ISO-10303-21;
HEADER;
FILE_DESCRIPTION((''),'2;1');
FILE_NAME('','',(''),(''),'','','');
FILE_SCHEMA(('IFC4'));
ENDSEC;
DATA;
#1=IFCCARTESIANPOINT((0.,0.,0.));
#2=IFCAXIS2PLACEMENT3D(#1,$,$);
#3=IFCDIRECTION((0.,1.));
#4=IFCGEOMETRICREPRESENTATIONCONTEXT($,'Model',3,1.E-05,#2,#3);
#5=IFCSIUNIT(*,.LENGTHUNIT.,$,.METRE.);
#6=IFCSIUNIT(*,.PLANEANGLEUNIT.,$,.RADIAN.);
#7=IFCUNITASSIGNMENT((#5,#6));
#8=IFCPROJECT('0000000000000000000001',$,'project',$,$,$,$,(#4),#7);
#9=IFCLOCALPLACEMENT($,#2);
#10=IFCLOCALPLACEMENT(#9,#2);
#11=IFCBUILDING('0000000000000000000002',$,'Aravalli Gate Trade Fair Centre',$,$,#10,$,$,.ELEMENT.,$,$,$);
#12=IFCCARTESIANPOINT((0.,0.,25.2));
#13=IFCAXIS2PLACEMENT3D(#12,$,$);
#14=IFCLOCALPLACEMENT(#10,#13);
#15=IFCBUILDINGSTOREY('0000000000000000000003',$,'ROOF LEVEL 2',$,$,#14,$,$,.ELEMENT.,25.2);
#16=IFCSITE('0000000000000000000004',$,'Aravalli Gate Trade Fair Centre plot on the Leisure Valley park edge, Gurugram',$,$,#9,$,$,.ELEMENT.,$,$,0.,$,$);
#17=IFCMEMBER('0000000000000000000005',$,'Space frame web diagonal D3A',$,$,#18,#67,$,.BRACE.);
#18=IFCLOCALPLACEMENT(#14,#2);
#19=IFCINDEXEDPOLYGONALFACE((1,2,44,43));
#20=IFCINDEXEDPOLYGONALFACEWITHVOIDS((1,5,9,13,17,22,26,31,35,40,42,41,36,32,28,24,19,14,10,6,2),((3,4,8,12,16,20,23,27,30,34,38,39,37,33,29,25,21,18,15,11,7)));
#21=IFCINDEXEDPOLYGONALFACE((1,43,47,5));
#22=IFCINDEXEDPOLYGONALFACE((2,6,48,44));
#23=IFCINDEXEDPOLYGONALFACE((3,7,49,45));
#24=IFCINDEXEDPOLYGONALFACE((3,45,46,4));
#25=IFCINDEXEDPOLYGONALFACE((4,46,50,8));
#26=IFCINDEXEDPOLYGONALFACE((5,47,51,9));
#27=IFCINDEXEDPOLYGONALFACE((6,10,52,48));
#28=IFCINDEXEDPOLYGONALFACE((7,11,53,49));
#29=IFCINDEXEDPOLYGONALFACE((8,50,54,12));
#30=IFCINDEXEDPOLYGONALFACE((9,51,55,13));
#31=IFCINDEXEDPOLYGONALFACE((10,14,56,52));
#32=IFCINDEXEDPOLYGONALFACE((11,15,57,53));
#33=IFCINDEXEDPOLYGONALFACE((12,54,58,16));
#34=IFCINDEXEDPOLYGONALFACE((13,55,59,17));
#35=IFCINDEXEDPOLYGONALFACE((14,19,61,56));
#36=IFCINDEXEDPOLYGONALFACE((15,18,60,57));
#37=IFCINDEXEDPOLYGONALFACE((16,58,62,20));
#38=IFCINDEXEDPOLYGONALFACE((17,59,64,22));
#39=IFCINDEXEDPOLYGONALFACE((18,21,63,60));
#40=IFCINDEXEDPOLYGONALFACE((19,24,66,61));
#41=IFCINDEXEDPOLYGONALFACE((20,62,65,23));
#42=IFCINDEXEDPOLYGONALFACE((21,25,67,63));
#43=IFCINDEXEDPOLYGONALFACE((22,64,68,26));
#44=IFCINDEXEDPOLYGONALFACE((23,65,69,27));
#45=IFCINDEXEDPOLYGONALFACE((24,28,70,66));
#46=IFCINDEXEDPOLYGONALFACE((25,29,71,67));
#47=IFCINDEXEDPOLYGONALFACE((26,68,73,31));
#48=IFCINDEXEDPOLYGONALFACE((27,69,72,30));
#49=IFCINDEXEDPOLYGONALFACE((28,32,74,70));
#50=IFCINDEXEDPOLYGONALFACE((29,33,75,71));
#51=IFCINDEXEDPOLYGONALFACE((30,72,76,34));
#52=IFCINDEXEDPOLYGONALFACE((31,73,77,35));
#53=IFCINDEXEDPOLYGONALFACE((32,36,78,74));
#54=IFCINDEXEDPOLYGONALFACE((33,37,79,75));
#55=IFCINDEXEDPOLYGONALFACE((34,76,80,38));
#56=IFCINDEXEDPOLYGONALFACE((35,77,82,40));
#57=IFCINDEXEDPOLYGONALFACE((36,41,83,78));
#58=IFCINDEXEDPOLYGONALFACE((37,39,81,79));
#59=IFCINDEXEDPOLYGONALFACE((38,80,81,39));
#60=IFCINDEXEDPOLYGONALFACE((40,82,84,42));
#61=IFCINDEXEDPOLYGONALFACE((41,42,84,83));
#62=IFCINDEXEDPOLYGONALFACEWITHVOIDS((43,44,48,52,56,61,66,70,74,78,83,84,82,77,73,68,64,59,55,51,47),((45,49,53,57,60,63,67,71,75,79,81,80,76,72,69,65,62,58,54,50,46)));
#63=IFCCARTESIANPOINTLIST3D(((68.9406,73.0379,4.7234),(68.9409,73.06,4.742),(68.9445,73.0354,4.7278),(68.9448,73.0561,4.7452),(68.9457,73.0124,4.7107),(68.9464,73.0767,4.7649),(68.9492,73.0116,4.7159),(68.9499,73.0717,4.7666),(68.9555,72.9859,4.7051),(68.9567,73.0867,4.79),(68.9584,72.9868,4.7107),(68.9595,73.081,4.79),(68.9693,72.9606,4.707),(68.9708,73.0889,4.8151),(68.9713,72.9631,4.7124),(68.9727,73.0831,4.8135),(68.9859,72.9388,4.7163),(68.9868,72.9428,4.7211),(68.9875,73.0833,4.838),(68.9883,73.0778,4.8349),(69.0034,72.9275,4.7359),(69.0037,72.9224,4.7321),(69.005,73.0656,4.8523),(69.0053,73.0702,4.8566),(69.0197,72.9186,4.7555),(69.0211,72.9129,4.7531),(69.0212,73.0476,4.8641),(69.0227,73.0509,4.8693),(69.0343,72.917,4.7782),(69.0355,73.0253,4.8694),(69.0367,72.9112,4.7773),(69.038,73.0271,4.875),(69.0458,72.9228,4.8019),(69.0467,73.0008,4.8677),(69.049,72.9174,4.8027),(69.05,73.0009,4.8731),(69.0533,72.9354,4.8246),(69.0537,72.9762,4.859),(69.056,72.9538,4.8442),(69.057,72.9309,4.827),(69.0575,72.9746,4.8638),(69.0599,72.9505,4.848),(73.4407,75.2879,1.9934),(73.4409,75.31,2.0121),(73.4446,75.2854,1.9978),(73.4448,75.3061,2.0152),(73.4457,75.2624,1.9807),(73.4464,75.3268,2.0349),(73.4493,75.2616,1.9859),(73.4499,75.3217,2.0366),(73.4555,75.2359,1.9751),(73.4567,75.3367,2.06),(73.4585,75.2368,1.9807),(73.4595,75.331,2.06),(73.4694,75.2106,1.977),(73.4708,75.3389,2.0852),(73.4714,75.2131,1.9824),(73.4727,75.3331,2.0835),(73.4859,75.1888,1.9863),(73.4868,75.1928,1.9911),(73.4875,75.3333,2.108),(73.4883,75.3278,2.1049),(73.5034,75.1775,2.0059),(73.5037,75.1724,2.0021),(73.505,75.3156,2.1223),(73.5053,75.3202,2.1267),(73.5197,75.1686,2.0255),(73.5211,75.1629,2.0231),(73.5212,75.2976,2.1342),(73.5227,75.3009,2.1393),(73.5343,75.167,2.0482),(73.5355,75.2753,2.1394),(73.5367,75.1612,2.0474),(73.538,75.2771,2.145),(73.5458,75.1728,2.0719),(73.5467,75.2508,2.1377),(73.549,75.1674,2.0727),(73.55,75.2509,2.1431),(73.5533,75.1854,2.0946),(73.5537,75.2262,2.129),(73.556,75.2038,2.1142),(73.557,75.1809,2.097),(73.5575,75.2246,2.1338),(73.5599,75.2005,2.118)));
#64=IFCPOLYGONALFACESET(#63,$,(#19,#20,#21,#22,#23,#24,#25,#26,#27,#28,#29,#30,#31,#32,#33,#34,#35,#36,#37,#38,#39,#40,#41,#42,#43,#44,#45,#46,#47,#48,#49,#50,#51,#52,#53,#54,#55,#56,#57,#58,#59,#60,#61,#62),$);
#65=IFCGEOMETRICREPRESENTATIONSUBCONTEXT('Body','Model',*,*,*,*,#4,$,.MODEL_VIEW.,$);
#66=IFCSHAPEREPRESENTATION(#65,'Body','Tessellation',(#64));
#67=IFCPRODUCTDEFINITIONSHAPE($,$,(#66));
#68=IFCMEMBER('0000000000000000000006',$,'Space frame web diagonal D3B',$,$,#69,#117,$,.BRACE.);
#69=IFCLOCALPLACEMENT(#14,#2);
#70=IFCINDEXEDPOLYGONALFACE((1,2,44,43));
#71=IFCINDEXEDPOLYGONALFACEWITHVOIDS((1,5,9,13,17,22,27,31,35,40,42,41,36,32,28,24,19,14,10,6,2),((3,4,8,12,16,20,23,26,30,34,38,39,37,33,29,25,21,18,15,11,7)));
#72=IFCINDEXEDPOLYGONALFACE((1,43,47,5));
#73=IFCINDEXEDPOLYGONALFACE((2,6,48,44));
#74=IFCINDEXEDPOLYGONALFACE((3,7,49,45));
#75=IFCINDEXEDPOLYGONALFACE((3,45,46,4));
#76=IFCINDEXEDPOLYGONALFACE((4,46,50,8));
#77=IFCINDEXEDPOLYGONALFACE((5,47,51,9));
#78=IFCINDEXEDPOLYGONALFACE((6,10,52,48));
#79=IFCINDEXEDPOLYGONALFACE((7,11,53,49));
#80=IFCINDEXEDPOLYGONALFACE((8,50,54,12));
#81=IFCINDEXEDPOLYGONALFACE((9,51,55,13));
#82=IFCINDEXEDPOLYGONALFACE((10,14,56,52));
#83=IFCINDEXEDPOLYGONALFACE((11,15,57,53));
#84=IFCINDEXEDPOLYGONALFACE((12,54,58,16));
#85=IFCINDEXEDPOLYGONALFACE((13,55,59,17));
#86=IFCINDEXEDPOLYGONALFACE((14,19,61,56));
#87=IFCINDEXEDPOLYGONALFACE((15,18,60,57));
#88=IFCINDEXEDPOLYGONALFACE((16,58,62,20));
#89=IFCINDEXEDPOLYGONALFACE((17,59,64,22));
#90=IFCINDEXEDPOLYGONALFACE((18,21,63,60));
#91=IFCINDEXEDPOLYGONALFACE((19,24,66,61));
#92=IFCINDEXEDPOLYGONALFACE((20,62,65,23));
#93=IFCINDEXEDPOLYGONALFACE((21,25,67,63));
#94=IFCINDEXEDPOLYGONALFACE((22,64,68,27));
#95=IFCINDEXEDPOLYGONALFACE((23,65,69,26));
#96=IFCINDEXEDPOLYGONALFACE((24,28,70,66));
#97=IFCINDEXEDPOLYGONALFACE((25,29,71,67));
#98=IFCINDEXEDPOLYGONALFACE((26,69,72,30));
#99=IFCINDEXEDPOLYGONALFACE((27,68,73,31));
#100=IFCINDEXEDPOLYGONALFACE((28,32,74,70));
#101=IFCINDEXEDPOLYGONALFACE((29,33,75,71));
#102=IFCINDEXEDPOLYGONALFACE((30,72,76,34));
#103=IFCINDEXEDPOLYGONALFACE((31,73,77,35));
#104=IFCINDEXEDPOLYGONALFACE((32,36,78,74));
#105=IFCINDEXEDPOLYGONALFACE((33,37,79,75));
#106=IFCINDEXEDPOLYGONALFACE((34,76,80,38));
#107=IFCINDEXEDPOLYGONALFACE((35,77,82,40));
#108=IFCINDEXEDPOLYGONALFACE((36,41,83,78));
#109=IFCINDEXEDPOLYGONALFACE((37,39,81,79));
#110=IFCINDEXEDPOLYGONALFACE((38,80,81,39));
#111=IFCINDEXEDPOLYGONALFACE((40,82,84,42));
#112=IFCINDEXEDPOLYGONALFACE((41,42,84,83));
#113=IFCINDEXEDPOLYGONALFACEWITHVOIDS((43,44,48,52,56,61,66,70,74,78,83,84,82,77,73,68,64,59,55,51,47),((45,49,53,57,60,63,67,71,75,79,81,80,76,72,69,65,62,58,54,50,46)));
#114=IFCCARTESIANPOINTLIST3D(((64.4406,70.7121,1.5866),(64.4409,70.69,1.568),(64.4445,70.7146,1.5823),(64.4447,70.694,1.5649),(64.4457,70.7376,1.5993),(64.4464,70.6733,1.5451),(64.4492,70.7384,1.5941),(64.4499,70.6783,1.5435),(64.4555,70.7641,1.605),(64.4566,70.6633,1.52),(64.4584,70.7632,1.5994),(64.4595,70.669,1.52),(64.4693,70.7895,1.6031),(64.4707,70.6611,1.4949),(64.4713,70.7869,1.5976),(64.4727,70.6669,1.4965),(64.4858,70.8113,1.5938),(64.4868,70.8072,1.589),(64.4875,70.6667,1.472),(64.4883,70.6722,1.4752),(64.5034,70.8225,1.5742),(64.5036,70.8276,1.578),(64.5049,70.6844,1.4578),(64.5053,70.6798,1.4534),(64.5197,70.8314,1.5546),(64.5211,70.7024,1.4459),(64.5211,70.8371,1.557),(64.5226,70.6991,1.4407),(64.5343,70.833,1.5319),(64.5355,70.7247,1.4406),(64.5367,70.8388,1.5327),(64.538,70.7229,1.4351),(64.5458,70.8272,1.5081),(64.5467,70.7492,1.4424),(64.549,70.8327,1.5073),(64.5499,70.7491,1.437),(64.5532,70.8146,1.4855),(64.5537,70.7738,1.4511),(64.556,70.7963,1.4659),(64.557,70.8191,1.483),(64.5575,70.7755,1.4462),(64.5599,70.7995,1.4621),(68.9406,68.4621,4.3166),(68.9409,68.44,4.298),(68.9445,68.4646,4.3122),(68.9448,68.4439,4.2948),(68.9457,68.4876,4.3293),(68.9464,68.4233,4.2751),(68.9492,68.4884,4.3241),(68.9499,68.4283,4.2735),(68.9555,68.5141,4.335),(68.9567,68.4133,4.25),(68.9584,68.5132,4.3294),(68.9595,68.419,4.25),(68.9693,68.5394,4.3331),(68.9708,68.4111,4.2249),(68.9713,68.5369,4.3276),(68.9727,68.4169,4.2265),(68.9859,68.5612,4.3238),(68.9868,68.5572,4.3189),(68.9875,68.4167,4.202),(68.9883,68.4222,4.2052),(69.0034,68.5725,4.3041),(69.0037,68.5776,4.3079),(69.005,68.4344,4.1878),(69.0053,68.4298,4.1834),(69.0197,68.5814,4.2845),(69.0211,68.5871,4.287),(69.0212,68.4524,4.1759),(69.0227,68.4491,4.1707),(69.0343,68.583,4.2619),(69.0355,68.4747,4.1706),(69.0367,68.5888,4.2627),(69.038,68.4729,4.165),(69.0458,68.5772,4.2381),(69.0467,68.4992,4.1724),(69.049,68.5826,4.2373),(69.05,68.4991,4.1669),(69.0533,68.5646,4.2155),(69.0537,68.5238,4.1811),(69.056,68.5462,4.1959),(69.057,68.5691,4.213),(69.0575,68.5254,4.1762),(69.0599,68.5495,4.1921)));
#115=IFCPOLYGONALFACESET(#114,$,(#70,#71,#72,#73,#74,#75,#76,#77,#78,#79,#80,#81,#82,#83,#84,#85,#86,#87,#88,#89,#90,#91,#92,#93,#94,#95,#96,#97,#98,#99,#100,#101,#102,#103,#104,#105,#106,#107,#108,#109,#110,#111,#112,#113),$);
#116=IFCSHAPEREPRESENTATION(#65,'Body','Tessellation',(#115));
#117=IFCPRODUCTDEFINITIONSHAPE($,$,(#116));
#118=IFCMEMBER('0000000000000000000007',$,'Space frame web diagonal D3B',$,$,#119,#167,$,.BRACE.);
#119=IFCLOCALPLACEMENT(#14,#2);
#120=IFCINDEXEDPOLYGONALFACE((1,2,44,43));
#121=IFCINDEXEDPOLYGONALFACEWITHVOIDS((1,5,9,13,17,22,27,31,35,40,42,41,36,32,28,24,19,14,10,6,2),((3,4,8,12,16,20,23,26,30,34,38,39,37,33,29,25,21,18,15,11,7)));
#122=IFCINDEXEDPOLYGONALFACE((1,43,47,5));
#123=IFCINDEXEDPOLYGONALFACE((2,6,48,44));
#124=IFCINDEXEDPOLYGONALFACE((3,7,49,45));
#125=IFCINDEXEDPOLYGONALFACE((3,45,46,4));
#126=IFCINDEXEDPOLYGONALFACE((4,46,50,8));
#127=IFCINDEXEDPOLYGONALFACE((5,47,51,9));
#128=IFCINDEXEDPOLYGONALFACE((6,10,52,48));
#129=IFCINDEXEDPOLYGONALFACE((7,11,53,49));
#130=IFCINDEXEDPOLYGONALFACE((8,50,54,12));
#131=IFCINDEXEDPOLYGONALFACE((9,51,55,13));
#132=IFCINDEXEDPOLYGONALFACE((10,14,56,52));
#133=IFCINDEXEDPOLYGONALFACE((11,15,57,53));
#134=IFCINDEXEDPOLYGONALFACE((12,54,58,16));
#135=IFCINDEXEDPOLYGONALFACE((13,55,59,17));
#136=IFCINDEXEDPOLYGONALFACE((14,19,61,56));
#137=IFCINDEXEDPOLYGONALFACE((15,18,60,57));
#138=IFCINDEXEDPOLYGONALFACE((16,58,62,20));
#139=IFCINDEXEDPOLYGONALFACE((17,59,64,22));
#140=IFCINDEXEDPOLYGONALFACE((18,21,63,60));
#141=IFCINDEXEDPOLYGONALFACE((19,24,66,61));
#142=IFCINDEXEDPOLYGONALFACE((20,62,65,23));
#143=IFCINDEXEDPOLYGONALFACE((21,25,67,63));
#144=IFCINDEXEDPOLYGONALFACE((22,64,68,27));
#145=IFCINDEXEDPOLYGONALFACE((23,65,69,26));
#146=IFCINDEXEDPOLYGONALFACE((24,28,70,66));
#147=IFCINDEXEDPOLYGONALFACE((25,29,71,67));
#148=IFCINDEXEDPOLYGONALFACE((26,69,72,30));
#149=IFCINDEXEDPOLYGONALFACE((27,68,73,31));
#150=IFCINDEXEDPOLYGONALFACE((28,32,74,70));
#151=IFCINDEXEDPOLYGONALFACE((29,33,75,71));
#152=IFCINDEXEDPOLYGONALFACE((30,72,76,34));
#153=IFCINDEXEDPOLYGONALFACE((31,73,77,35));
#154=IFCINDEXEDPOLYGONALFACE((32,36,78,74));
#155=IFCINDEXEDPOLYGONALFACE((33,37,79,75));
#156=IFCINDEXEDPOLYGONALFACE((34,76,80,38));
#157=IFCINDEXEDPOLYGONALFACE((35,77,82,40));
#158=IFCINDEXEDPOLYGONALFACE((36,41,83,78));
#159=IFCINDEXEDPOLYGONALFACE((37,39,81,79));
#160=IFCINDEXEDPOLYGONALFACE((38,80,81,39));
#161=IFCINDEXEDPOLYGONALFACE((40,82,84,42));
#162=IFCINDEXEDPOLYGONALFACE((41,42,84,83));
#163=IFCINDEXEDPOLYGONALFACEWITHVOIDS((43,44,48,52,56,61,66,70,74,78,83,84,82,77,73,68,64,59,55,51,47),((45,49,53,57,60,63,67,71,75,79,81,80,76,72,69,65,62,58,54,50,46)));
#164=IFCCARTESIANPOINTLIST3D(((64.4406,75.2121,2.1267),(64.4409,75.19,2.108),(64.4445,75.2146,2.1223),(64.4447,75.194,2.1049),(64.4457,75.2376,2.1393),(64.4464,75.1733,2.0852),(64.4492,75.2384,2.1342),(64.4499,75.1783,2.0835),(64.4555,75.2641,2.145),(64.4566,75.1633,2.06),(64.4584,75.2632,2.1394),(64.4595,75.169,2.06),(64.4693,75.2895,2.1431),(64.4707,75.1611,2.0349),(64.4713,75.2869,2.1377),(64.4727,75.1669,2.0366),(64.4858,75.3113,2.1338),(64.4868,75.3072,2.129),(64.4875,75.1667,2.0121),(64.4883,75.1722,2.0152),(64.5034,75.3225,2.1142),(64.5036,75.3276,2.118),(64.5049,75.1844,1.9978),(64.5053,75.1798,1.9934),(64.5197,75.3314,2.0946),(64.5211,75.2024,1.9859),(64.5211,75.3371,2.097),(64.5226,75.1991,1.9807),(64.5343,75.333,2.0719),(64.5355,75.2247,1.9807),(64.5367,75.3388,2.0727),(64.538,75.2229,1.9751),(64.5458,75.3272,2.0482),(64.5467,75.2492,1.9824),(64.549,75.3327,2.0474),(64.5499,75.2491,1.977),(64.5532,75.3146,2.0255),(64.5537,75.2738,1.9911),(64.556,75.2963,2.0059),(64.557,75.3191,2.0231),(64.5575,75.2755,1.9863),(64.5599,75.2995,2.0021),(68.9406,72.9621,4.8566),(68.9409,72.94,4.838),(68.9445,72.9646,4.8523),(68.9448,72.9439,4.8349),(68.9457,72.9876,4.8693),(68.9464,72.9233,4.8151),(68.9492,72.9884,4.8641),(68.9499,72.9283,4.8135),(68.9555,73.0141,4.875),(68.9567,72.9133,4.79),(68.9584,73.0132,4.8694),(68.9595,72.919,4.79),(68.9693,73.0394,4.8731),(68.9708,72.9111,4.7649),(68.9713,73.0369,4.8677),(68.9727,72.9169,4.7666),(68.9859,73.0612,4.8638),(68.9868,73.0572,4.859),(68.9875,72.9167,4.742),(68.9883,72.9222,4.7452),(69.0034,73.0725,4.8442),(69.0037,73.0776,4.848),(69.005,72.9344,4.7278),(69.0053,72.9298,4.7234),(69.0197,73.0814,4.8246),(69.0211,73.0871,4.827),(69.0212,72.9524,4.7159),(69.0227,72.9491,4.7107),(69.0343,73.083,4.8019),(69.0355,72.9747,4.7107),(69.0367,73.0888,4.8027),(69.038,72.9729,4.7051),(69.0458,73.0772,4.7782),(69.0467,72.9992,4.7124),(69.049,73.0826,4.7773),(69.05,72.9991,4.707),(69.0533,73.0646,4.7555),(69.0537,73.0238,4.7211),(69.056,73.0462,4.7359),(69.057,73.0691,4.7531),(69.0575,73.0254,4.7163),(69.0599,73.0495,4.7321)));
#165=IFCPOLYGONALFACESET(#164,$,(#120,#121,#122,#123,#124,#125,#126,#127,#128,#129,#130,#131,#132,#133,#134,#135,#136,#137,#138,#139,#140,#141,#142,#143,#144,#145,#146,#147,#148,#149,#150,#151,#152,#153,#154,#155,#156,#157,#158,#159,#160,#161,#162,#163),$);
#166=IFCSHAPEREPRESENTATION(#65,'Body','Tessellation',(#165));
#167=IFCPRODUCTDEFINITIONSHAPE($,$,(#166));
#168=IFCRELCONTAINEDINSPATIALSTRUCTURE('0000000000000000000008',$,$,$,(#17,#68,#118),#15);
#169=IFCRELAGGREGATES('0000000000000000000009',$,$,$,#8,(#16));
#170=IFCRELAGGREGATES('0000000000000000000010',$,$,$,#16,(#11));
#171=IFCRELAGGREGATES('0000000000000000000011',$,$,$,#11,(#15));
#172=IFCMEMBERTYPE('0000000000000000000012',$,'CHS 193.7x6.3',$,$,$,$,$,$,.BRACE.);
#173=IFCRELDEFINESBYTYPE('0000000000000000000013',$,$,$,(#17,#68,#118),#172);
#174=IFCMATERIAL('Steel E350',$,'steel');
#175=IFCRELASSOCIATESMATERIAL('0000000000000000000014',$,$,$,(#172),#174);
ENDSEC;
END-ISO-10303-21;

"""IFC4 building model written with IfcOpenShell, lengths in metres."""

from ifc_helpers import new_model, si_unit, direction, frame, origin, origin_2d, place, context, subcontext, project, spatial, hollow_circle, extrude, material, material_profile, profile_set, type_object, element, save


model = new_model("IFC4")

# Units and contexts
model_context = context("Model", 3, precision=1e-05, world=origin(), true_north=direction((0.0, 1.0)))
body_context = subcontext(model_context, "Body", "Model", "MODEL_VIEW")
ifc_project = project(units=[si_unit("LENGTHUNIT", "METRE"), si_unit("PLANEANGLEUNIT", "RADIAN")], contexts=[model_context])

# Site, building, storey
site_placement = place(None, origin())
site = spatial("IfcSite", under=ifc_project, at=site_placement, Name="Aravalli Gate Trade Fair Centre plot on the Leisure Valley park edge, Gurugram", CompositionType="ELEMENT", RefElevation=0.0)
building_placement = place(site_placement, origin())
building = spatial("IfcBuilding", under=site, at=building_placement, Name="Aravalli Gate Trade Fair Centre", CompositionType="ELEMENT")
storey_placement = place(building_placement, frame((0.0, 0.0, 25.2)))
storey = spatial("IfcBuildingStorey", under=building, at=storey_placement, Name="ROOF LEVEL 2", CompositionType="ELEMENT", Elevation=25.2)

# Members
ifc_material_1 = material(Name="Steel E350", Category="steel")
ifc_material_profile_1 = material_profile(ifc_material_1, hollow_circle(Radius=0.0969, WallThickness=0.0063, at=origin_2d()), Name="CHS 193.7x6.3")
ifc_profile_set_1 = profile_set([ifc_material_profile_1], Name="Steel E350")
member_type_1 = type_object("IfcMemberType", Name="CHS 193.7x6.3", PredefinedType="BRACE", material=ifc_profile_set_1)
for number, where, z_axis, x_axis, name in (
    (1, (69.0, 73.0, 4.79), (0.78615, 0.393075, -0.476928), (-0.447214, 0.894427, 0.0), "Space frame web diagonal D3A"),
    (2, (69.0, 68.5, 4.25), (-0.78615, 0.393075, -0.476928), (-0.447214, -0.894427, 0.0), "Space frame web diagonal D3B"),
    (3, (69.0, 73.0, 4.79), (-0.78615, 0.393075, -0.476928), (-0.447214, -0.894427, 0.0), "Space frame web diagonal D3B"),
):
    element("IfcMember", number, at=place(storey_placement, frame(where, z_axis=z_axis, x_axis=x_axis)), inside=storey, type_object=member_type_1, Name=name, PredefinedType="BRACE", context=body_context, shape_type="SweptSolid", body=[
        extrude(hollow_circle(Radius=0.0969, WallThickness=0.0063, at=origin_2d()), origin(), (0.0, 0.0, 1.0), 5.7241),
    ])

save(model, "model.ifc")
